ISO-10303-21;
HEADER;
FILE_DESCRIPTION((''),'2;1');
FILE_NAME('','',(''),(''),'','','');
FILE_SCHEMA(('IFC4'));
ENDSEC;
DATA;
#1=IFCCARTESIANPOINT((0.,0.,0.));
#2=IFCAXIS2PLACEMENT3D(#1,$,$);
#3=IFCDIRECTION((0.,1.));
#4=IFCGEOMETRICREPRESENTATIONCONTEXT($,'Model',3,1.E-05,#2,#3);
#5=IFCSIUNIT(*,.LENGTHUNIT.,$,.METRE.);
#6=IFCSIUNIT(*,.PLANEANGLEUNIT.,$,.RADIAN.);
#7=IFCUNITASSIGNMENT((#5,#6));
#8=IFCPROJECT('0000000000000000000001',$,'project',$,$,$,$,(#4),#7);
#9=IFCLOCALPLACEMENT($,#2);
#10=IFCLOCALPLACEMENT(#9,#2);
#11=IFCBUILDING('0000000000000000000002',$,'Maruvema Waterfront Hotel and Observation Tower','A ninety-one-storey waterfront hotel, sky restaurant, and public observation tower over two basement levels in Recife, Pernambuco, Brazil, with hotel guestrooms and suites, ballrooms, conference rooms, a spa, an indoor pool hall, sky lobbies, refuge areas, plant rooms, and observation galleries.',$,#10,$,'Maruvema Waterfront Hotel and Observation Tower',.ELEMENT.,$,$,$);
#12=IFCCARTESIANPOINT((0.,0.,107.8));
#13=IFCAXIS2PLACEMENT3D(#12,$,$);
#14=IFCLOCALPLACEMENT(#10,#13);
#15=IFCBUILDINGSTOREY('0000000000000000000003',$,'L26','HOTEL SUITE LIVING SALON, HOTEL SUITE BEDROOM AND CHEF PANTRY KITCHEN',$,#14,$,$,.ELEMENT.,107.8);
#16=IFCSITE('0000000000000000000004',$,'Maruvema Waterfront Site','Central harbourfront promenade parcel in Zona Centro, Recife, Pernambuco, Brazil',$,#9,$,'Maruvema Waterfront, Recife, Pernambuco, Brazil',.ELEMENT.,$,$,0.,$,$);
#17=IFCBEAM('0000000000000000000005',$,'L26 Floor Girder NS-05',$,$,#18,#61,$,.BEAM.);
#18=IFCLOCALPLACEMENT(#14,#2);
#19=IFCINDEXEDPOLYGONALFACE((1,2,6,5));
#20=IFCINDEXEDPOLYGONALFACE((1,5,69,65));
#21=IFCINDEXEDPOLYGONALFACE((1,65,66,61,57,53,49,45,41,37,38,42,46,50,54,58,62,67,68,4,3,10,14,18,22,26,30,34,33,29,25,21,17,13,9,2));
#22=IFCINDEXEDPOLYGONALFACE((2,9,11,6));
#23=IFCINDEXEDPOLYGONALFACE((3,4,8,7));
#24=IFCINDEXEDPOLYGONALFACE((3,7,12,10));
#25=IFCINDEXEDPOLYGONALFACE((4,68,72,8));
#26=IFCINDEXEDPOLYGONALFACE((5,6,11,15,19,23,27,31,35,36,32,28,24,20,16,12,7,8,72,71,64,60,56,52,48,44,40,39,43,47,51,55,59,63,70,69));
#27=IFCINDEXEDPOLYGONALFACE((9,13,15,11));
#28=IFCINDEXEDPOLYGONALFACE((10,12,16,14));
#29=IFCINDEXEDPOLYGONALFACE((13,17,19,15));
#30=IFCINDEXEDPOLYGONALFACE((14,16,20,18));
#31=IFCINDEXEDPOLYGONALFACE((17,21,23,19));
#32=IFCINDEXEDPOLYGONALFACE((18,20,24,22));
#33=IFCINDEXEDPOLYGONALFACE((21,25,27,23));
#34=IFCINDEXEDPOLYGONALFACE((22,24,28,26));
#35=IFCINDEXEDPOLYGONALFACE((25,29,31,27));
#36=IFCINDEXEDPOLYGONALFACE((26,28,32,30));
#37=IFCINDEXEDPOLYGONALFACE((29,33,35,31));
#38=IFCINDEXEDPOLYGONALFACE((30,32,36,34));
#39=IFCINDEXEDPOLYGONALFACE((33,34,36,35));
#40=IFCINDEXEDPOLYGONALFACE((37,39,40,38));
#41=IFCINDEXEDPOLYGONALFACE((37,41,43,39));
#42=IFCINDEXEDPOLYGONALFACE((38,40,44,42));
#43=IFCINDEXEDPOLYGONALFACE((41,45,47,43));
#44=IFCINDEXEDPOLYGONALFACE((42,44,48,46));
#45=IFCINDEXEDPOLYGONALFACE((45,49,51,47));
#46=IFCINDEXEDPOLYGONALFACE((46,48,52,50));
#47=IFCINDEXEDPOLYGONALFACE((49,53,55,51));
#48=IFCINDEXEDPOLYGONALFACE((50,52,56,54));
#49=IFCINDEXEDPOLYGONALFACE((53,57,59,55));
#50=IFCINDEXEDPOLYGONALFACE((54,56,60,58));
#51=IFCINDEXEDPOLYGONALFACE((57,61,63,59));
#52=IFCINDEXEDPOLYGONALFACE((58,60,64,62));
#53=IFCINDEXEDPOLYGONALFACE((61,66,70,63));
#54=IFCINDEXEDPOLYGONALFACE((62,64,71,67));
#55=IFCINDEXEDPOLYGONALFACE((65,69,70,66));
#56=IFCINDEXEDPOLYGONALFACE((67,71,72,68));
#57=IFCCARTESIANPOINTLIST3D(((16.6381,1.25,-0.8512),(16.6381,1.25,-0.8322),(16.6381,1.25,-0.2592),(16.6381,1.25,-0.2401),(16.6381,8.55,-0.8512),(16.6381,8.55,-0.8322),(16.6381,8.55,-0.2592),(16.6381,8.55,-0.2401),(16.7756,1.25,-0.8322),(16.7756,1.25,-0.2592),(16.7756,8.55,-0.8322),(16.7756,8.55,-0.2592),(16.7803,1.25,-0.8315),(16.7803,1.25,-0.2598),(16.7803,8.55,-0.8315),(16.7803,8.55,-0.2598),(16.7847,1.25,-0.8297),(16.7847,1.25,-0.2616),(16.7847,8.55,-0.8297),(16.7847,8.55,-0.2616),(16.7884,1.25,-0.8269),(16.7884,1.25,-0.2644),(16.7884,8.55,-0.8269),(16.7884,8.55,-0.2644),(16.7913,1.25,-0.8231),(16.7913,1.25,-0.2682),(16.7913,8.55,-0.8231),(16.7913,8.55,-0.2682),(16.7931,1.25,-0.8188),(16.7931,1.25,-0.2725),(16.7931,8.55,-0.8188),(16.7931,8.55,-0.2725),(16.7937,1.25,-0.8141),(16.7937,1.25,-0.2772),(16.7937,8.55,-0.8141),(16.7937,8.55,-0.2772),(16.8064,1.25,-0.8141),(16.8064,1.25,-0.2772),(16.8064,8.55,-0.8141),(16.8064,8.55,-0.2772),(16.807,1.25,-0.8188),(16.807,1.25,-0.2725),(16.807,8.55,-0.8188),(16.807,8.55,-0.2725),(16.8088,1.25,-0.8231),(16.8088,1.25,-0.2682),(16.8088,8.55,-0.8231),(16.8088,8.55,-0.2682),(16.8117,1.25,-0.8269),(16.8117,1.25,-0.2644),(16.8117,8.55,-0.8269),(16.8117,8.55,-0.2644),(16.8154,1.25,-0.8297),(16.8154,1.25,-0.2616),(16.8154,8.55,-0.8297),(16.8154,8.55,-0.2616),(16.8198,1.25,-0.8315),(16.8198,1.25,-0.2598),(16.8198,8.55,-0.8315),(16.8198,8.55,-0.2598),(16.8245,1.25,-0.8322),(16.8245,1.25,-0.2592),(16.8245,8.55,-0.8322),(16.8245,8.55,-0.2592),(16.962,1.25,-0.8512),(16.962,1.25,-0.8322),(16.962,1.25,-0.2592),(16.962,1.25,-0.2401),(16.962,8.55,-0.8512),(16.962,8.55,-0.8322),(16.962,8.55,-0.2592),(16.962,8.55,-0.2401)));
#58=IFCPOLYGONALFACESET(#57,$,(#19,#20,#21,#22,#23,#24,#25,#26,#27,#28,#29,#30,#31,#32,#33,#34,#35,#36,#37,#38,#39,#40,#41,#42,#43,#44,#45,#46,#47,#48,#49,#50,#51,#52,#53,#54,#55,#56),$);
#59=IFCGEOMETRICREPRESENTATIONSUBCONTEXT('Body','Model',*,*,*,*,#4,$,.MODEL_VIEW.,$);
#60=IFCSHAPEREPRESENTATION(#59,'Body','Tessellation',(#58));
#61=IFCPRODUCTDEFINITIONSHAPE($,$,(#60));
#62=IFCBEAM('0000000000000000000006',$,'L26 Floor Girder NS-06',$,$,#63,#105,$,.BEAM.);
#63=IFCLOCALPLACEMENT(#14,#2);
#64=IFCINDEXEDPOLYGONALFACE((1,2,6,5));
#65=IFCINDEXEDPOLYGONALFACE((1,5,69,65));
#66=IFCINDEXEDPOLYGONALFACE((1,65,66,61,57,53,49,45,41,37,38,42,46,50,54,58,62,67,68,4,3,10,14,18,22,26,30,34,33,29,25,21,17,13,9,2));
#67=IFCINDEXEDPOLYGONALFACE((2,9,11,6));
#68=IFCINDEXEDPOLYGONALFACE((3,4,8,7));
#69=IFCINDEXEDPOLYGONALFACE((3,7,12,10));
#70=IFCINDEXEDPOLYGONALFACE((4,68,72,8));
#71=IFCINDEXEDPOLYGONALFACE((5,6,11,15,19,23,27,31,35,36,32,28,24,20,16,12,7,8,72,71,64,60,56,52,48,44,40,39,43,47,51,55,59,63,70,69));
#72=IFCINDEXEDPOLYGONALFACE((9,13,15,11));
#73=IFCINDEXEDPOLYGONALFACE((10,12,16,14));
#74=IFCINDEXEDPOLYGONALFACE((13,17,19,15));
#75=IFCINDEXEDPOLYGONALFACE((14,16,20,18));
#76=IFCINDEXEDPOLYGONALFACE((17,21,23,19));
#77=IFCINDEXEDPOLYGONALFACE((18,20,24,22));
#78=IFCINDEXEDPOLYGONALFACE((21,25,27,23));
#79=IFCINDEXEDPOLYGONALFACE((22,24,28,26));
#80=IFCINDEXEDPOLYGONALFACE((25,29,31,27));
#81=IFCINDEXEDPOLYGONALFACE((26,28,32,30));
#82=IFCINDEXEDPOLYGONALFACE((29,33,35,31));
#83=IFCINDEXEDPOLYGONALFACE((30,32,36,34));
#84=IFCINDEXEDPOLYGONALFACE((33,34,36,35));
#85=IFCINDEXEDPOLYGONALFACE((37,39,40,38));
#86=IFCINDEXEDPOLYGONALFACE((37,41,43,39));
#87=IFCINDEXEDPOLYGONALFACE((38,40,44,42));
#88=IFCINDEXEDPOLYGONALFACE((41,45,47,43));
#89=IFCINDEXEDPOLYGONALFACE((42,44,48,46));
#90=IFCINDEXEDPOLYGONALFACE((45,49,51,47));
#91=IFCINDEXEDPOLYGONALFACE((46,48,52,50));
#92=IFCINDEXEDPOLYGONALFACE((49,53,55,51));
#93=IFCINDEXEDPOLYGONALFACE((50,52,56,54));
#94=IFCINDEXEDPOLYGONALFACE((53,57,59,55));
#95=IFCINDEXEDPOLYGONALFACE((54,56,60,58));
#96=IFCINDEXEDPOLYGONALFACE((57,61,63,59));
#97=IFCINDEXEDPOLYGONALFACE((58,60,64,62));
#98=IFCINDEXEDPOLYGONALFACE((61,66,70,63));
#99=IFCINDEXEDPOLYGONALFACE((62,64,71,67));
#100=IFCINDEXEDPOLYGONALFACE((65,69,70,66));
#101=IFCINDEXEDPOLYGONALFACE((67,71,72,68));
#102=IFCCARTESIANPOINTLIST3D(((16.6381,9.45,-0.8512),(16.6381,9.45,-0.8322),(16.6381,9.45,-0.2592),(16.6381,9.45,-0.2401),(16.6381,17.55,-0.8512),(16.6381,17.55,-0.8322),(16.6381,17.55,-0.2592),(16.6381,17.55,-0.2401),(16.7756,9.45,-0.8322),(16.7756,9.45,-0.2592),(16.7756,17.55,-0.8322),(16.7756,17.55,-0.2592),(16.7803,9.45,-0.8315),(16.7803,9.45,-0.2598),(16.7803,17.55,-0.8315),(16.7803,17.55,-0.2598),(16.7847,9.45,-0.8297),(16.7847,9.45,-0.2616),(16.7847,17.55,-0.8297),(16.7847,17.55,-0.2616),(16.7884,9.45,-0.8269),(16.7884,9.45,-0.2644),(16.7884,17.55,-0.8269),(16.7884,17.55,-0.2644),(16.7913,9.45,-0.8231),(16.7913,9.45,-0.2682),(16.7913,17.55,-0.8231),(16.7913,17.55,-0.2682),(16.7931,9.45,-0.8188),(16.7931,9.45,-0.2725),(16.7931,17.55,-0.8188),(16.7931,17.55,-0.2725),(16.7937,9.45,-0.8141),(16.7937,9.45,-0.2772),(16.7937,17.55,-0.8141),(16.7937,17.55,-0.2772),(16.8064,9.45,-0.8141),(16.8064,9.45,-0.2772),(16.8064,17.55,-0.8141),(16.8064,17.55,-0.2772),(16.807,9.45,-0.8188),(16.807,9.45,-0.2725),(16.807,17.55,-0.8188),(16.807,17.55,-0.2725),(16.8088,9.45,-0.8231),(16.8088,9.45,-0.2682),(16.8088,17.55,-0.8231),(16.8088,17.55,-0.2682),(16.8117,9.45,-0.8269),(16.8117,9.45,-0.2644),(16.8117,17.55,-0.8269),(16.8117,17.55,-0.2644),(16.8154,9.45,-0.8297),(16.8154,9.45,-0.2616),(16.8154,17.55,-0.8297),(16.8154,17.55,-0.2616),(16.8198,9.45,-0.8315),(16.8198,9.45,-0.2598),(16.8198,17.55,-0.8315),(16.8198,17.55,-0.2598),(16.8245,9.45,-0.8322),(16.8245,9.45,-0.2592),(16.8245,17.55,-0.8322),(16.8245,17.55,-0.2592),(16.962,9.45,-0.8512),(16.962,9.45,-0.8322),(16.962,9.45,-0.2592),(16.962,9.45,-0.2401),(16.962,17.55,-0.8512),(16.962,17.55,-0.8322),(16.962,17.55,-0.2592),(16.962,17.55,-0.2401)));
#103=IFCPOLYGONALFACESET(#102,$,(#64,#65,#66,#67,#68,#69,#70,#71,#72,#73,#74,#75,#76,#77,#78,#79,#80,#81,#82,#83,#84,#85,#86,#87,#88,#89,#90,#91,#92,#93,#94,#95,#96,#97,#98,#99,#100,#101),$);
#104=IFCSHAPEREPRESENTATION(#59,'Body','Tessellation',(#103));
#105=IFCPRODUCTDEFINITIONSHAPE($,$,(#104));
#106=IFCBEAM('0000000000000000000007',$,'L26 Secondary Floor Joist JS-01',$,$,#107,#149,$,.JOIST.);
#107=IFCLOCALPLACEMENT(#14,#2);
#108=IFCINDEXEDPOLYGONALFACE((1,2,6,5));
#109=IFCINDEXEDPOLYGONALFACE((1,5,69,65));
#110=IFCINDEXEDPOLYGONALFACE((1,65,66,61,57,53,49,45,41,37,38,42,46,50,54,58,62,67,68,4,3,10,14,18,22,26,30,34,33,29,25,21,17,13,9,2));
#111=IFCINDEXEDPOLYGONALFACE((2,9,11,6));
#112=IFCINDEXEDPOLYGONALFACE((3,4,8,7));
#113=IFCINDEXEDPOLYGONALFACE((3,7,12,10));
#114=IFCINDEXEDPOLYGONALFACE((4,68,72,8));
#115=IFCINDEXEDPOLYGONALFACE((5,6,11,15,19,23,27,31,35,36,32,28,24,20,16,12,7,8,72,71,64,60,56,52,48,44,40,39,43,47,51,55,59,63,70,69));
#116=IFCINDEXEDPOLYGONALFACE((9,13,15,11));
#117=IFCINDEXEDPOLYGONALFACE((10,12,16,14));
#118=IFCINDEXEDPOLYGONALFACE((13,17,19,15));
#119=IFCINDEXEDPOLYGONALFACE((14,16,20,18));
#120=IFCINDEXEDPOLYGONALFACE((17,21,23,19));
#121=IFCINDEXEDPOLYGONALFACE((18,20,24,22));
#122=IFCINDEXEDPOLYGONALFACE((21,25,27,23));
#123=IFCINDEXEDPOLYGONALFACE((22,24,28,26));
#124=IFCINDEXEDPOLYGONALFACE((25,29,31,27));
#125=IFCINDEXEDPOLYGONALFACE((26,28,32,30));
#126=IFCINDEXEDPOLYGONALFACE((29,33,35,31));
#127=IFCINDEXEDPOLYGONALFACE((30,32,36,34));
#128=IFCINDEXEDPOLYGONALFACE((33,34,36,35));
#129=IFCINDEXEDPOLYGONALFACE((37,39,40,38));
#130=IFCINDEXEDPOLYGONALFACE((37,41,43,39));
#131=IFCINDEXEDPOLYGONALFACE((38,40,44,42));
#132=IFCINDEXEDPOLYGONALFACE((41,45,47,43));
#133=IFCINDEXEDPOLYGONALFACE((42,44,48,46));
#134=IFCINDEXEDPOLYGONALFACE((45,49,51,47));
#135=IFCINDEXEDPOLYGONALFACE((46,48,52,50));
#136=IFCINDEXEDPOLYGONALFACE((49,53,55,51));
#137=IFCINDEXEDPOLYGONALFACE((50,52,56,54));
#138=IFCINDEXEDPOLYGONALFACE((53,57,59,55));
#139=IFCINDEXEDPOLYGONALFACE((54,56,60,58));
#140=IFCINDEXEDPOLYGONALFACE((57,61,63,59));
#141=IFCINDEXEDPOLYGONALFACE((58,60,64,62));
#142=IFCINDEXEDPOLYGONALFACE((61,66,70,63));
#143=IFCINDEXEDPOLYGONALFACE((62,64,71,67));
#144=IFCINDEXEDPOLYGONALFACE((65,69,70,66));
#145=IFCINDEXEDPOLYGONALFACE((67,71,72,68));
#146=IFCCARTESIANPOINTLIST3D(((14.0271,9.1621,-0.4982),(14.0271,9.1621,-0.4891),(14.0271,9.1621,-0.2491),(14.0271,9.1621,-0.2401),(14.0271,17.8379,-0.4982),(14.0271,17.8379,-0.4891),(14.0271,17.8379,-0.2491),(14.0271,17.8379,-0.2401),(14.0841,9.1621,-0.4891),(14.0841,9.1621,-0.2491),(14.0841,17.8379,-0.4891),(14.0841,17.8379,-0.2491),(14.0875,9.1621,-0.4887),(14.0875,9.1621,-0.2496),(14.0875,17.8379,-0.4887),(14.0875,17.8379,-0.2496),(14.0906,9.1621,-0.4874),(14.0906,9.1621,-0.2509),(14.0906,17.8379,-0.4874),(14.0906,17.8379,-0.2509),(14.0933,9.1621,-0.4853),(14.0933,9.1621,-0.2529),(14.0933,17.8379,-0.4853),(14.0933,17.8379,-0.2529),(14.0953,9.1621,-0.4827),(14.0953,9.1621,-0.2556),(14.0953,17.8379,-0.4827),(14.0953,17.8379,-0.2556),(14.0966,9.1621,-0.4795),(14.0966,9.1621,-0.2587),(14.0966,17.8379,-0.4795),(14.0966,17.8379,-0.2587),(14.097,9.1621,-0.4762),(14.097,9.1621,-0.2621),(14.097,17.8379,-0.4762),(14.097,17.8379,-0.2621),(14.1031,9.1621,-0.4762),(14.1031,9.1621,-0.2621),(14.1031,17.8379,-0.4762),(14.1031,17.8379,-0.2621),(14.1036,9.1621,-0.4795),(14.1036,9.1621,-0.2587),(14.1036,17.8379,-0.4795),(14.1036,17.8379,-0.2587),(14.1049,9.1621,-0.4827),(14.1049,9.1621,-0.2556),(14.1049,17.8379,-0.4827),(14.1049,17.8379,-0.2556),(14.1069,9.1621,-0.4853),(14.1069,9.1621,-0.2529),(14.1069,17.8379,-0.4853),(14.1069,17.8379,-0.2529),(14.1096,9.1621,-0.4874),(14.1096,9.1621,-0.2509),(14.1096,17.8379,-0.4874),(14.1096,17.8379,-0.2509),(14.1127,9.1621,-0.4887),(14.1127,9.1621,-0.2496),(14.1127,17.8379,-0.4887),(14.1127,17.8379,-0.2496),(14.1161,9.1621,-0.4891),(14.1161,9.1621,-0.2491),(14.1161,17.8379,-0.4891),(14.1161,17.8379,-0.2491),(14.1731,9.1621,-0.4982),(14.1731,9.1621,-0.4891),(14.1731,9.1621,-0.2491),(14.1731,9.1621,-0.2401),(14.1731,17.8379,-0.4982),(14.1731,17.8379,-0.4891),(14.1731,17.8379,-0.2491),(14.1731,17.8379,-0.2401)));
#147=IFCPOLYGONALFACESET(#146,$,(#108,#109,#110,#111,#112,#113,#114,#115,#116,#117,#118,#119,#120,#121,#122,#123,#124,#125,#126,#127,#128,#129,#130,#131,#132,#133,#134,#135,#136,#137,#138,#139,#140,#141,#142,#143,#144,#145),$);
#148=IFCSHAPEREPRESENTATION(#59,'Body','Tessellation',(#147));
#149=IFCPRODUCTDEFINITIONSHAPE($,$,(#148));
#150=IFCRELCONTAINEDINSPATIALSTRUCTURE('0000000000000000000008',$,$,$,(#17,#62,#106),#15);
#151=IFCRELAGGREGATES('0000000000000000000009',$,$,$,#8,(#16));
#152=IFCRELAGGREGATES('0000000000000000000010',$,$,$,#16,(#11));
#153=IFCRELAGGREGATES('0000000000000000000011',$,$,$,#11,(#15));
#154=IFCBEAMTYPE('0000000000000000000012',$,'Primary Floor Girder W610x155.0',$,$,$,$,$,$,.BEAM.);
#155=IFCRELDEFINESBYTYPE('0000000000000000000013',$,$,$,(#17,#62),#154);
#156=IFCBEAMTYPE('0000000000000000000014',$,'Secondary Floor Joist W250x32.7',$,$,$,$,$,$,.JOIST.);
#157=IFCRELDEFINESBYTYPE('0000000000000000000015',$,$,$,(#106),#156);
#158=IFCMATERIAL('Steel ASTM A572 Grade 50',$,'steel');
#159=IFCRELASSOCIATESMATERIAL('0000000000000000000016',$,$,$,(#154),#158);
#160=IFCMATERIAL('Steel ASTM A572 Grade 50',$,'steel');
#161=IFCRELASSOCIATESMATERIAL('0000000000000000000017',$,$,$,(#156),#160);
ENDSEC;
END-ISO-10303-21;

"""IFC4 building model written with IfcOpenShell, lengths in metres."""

from ifc_helpers import new_model, si_unit, direction, frame, origin, origin_2d, place, context, subcontext, project, spatial, i_section, extrude, material, material_profile, profile_set, type_object, element, save


model = new_model("IFC4")

# Units and contexts
model_context = context("Model", 3, precision=1e-05, world=origin(), true_north=direction((0.0, 1.0)))
body_context = subcontext(model_context, "Body", "Model", "MODEL_VIEW")
ifc_project = project(units=[si_unit("LENGTHUNIT", "METRE"), si_unit("PLANEANGLEUNIT", "RADIAN")], contexts=[model_context])

# Site, building, storey
site_placement = place(None, origin())
site = spatial("IfcSite", under=ifc_project, at=site_placement, Name="Maruvema Waterfront Site", Description="Central harbourfront promenade parcel in Zona Centro, Recife, Pernambuco, Brazil", LongName="Maruvema Waterfront, Recife, Pernambuco, Brazil", CompositionType="ELEMENT", RefElevation=0.0)
building_placement = place(site_placement, origin())
building = spatial("IfcBuilding", under=site, at=building_placement, Name="Maruvema Waterfront Hotel and Observation Tower", Description="A ninety-one-storey waterfront hotel, sky restaurant, and public observation tower over two basement levels in Recife, Pernambuco, Brazil, with hotel guestrooms and suites, ballrooms, conference rooms, a spa, an indoor pool hall, sky lobbies, refuge areas, plant rooms, and observation galleries.", LongName="Maruvema Waterfront Hotel and Observation Tower", CompositionType="ELEMENT")
storey_placement = place(building_placement, frame((0.0, 0.0, 107.8)))
storey = spatial("IfcBuildingStorey", under=building, at=storey_placement, Name="L26", Description="HOTEL SUITE LIVING SALON, HOTEL SUITE BEDROOM AND CHEF PANTRY KITCHEN", CompositionType="ELEMENT", Elevation=107.8)

# Beams
ifc_material_1 = material(Name="Steel ASTM A572 Grade 50", Category="steel")
ifc_material_profile_1 = material_profile(ifc_material_1, i_section(OverallWidth=0.324, OverallDepth=0.6111, WebThickness=0.0127, FlangeThickness=0.019, FilletRadius=0.0181, at=origin_2d()), Name="W610x155.0")
ifc_profile_set_1 = profile_set([ifc_material_profile_1], Name="Steel ASTM A572 Grade 50")
beam_type_1 = type_object("IfcBeamType", Name="Primary Floor Girder W610x155.0", PredefinedType="BEAM", material=ifc_profile_set_1)
beam_1_placement = place(storey_placement, frame((16.8, 1.25, -0.5457), z_axis=(0.0, 1.0, 0.0), x_axis=(-1.0, 0.0, 0.0)))
element("IfcBeam", 1, at=beam_1_placement, inside=storey, type_object=beam_type_1, Name="L26 Floor Girder NS-05", PredefinedType="BEAM", context=body_context, shape_type="SweptSolid", body=[
    extrude(i_section(OverallWidth=0.324, OverallDepth=0.6111, WebThickness=0.0127, FlangeThickness=0.019, FilletRadius=0.0181, at=origin_2d()), origin(), (0.0, 0.0, 1.0), 7.3),
])
beam_2_placement = place(storey_placement, frame((16.8, 9.45, -0.5457), z_axis=(0.0, 1.0, 0.0), x_axis=(-1.0, 0.0, 0.0)))
element("IfcBeam", 2, at=beam_2_placement, inside=storey, type_object=beam_type_1, Name="L26 Floor Girder NS-06", PredefinedType="BEAM", context=body_context, shape_type="SweptSolid", body=[
    extrude(i_section(OverallWidth=0.324, OverallDepth=0.6111, WebThickness=0.0127, FlangeThickness=0.019, FilletRadius=0.0181, at=origin_2d()), origin(), (0.0, 0.0, 1.0), 8.1001),
])
ifc_material_2 = material(Name="Steel ASTM A572 Grade 50", Category="steel")
ifc_material_profile_2 = material_profile(ifc_material_2, i_section(OverallWidth=0.146, OverallDepth=0.2581, WebThickness=0.0061, FlangeThickness=0.009, FilletRadius=0.0129, at=origin_2d()), Name="W250x32.7")
ifc_profile_set_2 = profile_set([ifc_material_profile_2], Name="Steel ASTM A572 Grade 50")
beam_type_2 = type_object("IfcBeamType", Name="Secondary Floor Joist W250x32.7", PredefinedType="JOIST", material=ifc_profile_set_2)
beam_3_placement = place(storey_placement, frame((14.1001, 9.1621, -0.3691), z_axis=(0.0, 1.0, 0.0), x_axis=(-1.0, 0.0, 0.0)))
element("IfcBeam", 3, at=beam_3_placement, inside=storey, type_object=beam_type_2, Name="L26 Secondary Floor Joist JS-01", PredefinedType="JOIST", context=body_context, shape_type="SweptSolid", body=[
    extrude(i_section(OverallWidth=0.146, OverallDepth=0.2581, WebThickness=0.0061, FlangeThickness=0.009, FilletRadius=0.0129, at=origin_2d()), origin(), (0.0, 0.0, 1.0), 8.6758),
])

save(model, "model.ifc")
